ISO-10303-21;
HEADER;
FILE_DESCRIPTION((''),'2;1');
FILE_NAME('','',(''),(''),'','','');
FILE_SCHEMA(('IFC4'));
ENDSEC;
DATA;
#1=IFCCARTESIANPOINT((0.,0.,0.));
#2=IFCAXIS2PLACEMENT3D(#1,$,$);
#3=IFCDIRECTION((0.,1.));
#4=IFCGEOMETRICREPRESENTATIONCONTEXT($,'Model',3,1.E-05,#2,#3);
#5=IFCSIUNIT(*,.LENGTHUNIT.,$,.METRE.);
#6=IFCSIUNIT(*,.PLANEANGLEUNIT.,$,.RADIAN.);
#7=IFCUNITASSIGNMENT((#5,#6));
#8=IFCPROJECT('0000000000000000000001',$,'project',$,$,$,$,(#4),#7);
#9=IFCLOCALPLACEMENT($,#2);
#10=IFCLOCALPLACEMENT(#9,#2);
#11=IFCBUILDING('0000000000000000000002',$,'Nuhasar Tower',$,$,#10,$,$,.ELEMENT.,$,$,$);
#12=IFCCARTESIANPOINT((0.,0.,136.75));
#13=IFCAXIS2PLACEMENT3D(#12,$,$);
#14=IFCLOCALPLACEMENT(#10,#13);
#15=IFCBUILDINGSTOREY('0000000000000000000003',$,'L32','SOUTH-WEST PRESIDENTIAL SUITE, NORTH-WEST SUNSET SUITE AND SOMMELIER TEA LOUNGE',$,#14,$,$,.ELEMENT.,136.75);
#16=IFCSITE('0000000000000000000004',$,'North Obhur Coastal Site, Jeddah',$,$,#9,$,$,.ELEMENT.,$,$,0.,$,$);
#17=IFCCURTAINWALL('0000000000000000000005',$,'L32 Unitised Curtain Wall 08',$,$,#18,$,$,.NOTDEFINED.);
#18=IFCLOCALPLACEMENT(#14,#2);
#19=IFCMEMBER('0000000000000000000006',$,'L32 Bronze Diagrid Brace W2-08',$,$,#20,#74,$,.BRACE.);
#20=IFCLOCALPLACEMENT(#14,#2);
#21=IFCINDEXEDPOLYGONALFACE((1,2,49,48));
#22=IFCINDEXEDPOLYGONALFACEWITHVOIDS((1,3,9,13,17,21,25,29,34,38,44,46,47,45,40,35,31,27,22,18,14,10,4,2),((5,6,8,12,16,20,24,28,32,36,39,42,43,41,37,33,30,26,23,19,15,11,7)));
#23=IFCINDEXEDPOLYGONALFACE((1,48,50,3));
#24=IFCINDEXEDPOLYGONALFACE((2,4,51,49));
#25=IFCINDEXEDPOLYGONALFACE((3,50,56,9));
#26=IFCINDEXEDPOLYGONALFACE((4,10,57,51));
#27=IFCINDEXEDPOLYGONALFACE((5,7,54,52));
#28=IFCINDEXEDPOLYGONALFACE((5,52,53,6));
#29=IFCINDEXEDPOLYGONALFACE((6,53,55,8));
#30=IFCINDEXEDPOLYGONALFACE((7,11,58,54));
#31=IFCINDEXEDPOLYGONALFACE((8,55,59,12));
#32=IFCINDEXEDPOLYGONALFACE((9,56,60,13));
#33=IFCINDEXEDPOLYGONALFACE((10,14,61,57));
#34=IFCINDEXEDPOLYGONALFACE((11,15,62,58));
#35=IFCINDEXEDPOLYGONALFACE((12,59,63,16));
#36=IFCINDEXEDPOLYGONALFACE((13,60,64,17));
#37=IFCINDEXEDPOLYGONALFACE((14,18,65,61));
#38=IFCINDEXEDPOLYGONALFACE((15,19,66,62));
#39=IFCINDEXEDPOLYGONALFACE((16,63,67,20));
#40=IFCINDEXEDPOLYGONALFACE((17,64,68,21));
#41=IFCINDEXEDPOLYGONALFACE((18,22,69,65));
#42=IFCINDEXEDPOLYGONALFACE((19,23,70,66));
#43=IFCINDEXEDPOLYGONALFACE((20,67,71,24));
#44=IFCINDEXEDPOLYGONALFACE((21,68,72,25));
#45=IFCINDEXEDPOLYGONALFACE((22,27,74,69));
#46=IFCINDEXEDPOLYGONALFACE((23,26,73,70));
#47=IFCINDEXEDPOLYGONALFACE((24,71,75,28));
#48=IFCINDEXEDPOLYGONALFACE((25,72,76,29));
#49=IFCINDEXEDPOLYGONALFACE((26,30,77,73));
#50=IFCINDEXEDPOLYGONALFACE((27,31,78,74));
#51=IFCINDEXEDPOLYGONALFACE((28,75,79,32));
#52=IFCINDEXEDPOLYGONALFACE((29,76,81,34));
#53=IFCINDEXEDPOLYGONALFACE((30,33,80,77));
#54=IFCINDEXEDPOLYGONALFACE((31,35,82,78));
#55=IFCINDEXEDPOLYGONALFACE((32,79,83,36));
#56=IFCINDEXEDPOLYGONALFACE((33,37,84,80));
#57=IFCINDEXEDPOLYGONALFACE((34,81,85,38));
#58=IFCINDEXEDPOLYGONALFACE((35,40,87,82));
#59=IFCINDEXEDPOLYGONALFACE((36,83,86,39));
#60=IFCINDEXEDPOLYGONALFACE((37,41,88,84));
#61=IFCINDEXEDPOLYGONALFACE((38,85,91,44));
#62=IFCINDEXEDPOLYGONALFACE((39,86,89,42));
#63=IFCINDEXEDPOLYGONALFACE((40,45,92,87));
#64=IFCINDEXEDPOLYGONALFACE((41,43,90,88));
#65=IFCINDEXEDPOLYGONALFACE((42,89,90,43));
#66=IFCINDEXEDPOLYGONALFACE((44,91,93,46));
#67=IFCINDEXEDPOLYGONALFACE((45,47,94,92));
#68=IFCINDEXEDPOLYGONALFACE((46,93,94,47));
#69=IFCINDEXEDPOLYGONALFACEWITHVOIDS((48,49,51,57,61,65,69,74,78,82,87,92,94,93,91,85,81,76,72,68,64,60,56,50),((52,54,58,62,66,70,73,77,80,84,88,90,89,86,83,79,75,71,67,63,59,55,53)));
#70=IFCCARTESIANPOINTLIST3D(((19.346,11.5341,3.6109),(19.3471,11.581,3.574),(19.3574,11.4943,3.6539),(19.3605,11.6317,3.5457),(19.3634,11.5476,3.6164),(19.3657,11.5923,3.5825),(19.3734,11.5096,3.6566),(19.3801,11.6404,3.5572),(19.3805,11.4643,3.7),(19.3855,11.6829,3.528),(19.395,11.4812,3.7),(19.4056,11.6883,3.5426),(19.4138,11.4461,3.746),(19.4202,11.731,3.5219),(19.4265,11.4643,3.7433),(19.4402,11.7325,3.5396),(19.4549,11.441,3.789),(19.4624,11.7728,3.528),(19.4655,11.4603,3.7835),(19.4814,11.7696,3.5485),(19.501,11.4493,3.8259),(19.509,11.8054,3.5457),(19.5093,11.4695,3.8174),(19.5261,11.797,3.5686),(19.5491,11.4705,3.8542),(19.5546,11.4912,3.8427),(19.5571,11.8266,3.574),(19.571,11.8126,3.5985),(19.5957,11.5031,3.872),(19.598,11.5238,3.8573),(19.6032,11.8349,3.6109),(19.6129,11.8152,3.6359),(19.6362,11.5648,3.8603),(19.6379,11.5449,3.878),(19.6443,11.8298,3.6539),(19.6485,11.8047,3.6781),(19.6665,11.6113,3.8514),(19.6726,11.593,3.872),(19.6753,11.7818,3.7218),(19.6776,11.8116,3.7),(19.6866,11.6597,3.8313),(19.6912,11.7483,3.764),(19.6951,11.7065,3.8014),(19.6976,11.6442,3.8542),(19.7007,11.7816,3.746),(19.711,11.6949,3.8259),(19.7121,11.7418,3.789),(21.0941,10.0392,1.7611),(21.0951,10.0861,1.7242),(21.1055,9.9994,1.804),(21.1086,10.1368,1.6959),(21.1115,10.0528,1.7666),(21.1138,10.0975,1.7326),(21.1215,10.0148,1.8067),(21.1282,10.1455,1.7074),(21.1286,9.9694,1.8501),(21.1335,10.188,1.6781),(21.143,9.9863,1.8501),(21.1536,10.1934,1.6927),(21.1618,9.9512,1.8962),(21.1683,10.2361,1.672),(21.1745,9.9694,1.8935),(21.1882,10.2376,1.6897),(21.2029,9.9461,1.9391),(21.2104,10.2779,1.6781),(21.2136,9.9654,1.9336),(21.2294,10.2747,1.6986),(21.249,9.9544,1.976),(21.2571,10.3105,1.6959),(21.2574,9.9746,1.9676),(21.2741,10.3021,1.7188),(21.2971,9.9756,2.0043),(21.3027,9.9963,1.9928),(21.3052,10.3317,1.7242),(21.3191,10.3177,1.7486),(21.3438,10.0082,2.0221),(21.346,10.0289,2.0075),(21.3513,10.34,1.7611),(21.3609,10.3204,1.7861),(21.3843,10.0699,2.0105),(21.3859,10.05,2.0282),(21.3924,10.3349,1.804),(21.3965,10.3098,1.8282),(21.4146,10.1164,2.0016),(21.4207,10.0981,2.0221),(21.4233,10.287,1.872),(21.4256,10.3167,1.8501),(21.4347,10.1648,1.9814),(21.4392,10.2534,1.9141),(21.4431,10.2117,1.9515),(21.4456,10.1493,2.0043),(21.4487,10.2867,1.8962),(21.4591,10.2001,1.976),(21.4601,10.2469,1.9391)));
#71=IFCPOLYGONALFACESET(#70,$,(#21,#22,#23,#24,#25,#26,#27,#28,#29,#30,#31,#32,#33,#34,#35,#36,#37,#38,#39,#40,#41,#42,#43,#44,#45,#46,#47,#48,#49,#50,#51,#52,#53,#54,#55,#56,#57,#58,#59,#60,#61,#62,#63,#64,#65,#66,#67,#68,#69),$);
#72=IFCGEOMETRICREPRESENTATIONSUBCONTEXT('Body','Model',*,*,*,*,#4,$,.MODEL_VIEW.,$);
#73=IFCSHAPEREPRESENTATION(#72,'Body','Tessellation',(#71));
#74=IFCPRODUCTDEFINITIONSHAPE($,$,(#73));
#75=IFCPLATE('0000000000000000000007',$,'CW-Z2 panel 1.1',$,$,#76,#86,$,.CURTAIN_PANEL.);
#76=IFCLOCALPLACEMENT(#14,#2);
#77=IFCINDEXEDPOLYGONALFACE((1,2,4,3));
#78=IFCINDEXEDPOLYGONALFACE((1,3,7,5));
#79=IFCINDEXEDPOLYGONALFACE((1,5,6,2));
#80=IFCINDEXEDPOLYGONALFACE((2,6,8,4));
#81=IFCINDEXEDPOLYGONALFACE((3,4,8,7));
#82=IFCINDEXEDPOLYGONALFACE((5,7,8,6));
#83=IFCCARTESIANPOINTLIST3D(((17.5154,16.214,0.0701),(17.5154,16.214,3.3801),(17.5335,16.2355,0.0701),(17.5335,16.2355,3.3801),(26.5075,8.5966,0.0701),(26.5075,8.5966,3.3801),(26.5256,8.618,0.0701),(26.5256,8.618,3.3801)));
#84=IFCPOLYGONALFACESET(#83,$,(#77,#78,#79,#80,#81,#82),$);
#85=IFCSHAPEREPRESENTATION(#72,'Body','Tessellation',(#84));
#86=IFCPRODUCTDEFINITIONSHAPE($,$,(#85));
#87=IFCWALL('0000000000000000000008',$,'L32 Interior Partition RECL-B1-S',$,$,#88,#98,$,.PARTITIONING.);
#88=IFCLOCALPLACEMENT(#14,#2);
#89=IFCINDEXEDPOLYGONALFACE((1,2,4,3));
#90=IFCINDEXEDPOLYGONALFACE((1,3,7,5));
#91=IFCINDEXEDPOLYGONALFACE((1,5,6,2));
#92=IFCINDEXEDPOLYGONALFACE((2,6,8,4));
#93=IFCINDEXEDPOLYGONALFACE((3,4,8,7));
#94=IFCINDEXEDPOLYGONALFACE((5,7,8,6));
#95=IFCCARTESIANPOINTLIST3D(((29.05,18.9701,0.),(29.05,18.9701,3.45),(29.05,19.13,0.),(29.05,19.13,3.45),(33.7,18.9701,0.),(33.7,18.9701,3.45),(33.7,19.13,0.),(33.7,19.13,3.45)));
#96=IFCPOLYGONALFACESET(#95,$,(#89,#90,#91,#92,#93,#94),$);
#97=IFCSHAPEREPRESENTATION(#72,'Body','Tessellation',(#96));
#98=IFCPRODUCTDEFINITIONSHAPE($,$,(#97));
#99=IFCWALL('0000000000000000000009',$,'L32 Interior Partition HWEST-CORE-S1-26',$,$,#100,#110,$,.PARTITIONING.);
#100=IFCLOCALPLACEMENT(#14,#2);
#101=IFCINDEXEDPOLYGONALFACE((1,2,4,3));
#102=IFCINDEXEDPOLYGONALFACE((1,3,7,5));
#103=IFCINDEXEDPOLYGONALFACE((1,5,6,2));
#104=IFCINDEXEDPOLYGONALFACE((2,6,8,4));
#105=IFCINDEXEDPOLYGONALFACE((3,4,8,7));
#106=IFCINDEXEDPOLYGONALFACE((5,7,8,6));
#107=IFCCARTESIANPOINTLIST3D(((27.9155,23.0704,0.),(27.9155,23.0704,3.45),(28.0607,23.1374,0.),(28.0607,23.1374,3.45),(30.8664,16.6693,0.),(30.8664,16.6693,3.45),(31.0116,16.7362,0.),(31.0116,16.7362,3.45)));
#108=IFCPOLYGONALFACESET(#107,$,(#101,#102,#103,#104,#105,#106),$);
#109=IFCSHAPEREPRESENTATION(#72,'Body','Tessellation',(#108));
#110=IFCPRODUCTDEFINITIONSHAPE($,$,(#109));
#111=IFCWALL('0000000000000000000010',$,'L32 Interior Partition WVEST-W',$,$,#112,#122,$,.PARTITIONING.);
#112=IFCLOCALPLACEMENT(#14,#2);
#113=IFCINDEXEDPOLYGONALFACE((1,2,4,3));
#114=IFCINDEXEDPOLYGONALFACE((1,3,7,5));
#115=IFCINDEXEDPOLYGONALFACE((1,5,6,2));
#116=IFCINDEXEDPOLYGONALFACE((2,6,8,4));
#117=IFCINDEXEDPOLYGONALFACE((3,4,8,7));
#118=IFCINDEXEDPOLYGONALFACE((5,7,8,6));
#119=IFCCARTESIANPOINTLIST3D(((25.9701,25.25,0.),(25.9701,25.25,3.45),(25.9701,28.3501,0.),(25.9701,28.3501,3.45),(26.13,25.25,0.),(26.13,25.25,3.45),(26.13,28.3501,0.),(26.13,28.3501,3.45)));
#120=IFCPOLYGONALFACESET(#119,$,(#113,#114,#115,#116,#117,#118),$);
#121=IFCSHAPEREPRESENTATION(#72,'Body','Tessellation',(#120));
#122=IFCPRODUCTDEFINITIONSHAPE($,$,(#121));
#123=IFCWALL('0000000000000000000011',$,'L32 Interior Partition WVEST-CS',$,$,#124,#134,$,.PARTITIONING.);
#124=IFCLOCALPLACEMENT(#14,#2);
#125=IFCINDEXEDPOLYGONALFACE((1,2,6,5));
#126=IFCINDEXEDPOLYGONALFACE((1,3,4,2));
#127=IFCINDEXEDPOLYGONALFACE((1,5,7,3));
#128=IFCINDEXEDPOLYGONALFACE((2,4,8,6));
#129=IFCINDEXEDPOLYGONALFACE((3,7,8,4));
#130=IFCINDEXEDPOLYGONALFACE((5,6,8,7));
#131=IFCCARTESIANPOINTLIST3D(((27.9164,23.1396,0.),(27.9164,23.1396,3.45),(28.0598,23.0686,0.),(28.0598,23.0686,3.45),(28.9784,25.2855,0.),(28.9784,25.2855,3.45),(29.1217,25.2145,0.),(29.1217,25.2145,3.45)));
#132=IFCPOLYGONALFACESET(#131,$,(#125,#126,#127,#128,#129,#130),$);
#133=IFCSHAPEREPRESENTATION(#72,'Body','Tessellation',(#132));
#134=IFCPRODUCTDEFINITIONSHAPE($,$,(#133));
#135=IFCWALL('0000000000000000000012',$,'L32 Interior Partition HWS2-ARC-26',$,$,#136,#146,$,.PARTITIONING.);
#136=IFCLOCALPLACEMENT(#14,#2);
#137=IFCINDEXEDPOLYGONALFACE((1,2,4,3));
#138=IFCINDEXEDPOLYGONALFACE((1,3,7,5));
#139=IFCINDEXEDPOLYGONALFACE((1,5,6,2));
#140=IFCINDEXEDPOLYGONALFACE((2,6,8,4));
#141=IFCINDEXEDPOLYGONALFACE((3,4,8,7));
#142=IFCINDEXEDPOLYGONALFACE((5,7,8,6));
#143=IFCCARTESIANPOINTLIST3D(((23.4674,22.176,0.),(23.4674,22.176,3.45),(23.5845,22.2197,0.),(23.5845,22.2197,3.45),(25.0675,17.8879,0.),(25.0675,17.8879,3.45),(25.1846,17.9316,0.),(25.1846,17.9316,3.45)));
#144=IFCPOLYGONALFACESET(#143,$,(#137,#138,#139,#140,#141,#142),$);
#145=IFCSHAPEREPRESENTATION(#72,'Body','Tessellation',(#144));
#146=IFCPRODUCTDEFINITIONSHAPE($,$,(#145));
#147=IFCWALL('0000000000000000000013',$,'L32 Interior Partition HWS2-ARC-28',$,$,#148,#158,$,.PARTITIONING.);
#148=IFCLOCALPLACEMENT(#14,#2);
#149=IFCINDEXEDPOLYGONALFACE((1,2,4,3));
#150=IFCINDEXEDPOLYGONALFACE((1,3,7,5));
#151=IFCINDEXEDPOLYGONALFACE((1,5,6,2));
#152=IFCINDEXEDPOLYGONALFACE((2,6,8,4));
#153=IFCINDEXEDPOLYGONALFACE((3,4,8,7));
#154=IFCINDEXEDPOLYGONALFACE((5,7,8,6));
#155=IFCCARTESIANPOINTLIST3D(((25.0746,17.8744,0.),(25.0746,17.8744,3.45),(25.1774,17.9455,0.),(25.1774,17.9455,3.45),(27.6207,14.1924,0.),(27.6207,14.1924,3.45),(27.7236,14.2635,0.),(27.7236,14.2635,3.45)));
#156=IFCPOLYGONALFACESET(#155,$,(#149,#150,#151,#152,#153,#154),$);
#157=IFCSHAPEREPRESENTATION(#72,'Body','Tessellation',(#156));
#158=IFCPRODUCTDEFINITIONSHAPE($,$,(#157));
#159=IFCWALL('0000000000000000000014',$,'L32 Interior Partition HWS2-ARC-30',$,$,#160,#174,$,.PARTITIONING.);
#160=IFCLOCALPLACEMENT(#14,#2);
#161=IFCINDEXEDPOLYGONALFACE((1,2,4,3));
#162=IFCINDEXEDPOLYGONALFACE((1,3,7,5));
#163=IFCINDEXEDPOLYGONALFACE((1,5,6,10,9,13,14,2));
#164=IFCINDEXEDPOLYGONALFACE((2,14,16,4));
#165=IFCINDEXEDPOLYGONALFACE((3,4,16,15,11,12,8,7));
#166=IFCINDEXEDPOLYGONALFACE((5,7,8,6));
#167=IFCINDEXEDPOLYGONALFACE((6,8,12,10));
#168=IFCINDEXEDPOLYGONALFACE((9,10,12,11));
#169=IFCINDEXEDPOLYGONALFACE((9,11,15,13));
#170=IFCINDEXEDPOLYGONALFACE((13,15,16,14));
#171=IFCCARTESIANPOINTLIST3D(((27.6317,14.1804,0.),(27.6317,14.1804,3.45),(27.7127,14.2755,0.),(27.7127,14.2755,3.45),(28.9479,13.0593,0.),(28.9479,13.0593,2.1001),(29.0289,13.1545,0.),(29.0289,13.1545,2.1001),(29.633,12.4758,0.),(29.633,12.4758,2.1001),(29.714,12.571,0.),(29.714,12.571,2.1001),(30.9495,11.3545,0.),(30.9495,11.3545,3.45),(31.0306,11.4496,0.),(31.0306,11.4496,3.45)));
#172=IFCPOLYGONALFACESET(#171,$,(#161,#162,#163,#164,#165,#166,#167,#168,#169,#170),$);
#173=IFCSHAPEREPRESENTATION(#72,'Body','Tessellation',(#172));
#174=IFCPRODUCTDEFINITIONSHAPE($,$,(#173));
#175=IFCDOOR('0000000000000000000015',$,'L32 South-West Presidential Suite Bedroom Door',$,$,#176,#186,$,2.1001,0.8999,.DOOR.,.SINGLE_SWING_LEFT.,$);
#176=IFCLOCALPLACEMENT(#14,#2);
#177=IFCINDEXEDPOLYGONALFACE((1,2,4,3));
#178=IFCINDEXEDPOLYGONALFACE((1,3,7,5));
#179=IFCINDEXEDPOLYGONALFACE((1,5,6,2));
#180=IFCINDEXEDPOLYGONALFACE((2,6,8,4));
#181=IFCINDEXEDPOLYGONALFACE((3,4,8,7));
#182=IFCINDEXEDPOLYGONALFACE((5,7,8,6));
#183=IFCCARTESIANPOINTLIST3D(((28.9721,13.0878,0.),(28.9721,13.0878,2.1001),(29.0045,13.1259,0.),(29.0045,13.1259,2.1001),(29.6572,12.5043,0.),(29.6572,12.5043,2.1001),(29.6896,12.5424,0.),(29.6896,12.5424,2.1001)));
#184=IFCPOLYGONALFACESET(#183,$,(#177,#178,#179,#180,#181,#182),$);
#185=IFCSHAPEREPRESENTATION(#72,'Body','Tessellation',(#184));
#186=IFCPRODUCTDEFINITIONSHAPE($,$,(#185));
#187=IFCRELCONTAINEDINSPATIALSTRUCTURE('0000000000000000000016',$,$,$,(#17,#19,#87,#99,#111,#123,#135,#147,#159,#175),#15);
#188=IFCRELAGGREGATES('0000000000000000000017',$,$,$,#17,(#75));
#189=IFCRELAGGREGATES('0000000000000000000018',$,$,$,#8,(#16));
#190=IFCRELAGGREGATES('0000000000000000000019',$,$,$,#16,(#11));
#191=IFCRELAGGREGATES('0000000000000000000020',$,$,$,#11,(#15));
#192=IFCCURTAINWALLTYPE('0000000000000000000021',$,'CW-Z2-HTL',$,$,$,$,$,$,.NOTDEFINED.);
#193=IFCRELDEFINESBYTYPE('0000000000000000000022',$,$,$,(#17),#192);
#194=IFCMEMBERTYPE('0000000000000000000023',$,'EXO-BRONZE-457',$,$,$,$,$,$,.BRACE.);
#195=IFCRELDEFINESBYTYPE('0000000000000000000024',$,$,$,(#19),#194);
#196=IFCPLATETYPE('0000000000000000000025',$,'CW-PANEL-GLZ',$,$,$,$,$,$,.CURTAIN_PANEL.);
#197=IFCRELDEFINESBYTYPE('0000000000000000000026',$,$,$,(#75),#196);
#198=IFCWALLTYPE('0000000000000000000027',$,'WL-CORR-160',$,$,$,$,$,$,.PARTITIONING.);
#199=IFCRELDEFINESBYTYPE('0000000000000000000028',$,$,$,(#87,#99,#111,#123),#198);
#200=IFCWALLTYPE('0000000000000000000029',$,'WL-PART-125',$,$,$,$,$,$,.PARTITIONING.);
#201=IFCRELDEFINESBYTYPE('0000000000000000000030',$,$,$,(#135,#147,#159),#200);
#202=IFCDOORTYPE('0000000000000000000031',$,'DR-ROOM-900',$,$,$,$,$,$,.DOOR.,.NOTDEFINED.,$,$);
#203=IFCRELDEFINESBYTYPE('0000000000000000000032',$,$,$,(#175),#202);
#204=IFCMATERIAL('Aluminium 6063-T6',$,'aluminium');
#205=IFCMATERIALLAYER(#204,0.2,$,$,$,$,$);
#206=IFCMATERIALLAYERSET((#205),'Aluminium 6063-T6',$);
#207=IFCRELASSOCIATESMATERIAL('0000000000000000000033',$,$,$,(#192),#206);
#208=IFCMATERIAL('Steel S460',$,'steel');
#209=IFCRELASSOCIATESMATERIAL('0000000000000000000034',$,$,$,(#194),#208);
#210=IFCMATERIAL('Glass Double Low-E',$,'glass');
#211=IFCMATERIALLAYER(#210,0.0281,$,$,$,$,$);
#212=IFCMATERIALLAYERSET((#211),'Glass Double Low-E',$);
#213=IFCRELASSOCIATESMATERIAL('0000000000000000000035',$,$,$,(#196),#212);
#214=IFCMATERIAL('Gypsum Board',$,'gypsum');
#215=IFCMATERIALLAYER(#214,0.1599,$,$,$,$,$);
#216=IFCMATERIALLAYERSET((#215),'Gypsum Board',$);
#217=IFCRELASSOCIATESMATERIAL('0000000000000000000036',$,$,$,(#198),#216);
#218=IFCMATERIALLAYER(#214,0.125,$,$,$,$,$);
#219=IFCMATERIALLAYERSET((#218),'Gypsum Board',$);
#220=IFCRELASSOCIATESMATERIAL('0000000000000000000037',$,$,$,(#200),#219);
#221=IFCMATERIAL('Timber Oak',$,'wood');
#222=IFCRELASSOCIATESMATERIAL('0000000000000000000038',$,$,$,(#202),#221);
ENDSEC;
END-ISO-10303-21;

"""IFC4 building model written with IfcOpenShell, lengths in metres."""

from ifc_helpers import new_model, si_unit, direction, frame, frame_2d, origin, origin_2d, place, context, subcontext, project, spatial, rectangle, hollow_circle, extrude, material, layer, layer_set, material_profile, profile_set, type_object, element, fill, aggregate, save


model = new_model("IFC4")

# Units and contexts
model_context = context("Model", 3, precision=1e-05, world=origin(), true_north=direction((0.0, 1.0)))
body_context = subcontext(model_context, "Body", "Model", "MODEL_VIEW")
ifc_project = project(units=[si_unit("LENGTHUNIT", "METRE"), si_unit("PLANEANGLEUNIT", "RADIAN")], contexts=[model_context])

# Site, building, storey
site_placement = place(None, origin())
site = spatial("IfcSite", under=ifc_project, at=site_placement, Name="North Obhur Coastal Site, Jeddah", CompositionType="ELEMENT", RefElevation=0.0)
building_placement = place(site_placement, origin())
building = spatial("IfcBuilding", under=site, at=building_placement, Name="Nuhasar Tower", CompositionType="ELEMENT")
storey_placement = place(building_placement, frame((0.0, 0.0, 136.75)))
storey = spatial("IfcBuildingStorey", under=building, at=storey_placement, Name="L32", Description="SOUTH-WEST PRESIDENTIAL SUITE, NORTH-WEST SUNSET SUITE AND SOMMELIER TEA LOUNGE", CompositionType="ELEMENT", Elevation=136.75)

# Curtain wall
ifc_material_1 = material(Name="Aluminium 6063-T6", Category="aluminium")
ifc_layer_1 = layer(ifc_material_1, 0.2)
ifc_layer_set_1 = layer_set([ifc_layer_1], Name="Aluminium 6063-T6")
curtain_wall_type = type_object("IfcCurtainWallType", Name="CW-Z2-HTL", PredefinedType="NOTDEFINED", material=ifc_layer_set_1)
curtain_wall_1_placement = place(storey_placement, origin())
curtain_wall_1 = element("IfcCurtainWall", 1, at=curtain_wall_1_placement, inside=storey, type_object=curtain_wall_type, Name="L32 Unitised Curtain Wall 08", PredefinedType="NOTDEFINED")

# Member
ifc_material_2 = material(Name="Steel S460", Category="steel")
ifc_material_profile_1 = material_profile(ifc_material_2, hollow_circle(Radius=0.2285, WallThickness=0.0222, at=origin_2d()), Name="HSS457X22.2")
ifc_profile_set_1 = profile_set([ifc_material_profile_1], Name="Steel S460")
member_type_1 = type_object("IfcMemberType", Name="EXO-BRONZE-457", PredefinedType="BRACE", material=ifc_profile_set_1)
member_1_placement = place(storey_placement, frame((21.2771, 10.1431, 1.8501), z_axis=(-0.592226, 0.506452, 0.626717), x_axis=(-0.649926, -0.759998, 0.0)))
element("IfcMember", 2, at=member_1_placement, inside=storey, type_object=member_type_1, Name="L32 Bronze Diagrid Brace W2-08", PredefinedType="BRACE", context=body_context, shape_type="SweptSolid", body=[
    extrude(hollow_circle(Radius=0.2285, WallThickness=0.0222, at=origin_2d()), origin(), (0.0, 0.0, 1.0), 2.9517),
])

# Plate
ifc_material_3 = material(Name="Glass Double Low-E", Category="glass")
ifc_layer_2 = layer(ifc_material_3, 0.0281)
ifc_layer_set_2 = layer_set([ifc_layer_2], Name="Glass Double Low-E")
plate_type = type_object("IfcPlateType", Name="CW-PANEL-GLZ", PredefinedType="CURTAIN_PANEL", material=ifc_layer_set_2)
plate_placement = place(storey_placement, frame((22.0205, 12.416, 0.0701), z_axis=(0.0, 0.0, 1.0), x_axis=(0.76302, -0.646374, 0.0)))
plate = element("IfcPlate", 3, at=plate_placement, type_object=plate_type, Name="CW-Z2 panel 1.1", PredefinedType="CURTAIN_PANEL", context=body_context, shape_type="SweptSolid", body=[
    extrude(rectangle(XDim=11.7849, YDim=0.0281, at=origin_2d()), origin(), (0.0, 0.0, 1.0), 3.3101),
])
aggregate(curtain_wall_1, [plate])

# Walls
ifc_material_4 = material(Name="Gypsum Board", Category="gypsum")
ifc_layer_3 = layer(ifc_material_4, 0.1599)
ifc_layer_set_3 = layer_set([ifc_layer_3], Name="Gypsum Board")
wall_type_1 = type_object("IfcWallType", Name="WL-CORR-160", PredefinedType="PARTITIONING", material=ifc_layer_set_3)
wall_1_placement = place(storey_placement, frame((29.05, 19.05, 0.0), z_axis=(0.0, 0.0, 1.0), x_axis=(1.0, 0.0, 0.0)))
element("IfcWall", 4, at=wall_1_placement, inside=storey, type_object=wall_type_1, Name="L32 Interior Partition RECL-B1-S", PredefinedType="PARTITIONING", context=body_context, shape_type="SweptSolid", body=[
    extrude(rectangle(XDim=4.6499, YDim=0.1599, at=frame_2d((2.325, 0.0))), origin(), (0.0, 0.0, 1.0), 3.45),
])
wall_2_placement = place(storey_placement, frame((27.988, 23.104, 0.0), z_axis=(0.0, 0.0, 1.0), x_axis=(0.418656, -0.908145, 0.0)))
element("IfcWall", 5, at=wall_2_placement, inside=storey, type_object=wall_type_1, Name="L32 Interior Partition HWEST-CORE-S1-26", PredefinedType="PARTITIONING", context=body_context, shape_type="SweptSolid", body=[
    extrude(rectangle(XDim=7.0486, YDim=0.1599, at=frame_2d((3.5244, 0.0))), origin(), (0.0, 0.0, 1.0), 3.45),
])

# Shared definitions
ifc_material_5 = material(Name="Timber Oak", Category="wood")

# Walls
wall_3_placement = place(storey_placement, frame((26.05, 25.25, 0.0), z_axis=(0.0, 0.0, 1.0), x_axis=(0.0, 1.0, 0.0)))
element("IfcWall", 6, at=wall_3_placement, inside=storey, type_object=wall_type_1, Name="L32 Interior Partition WVEST-W", PredefinedType="PARTITIONING", context=body_context, shape_type="SweptSolid", body=[
    extrude(rectangle(XDim=3.1001, YDim=0.1599, at=frame_2d((1.55, 0.0))), origin(), (0.0, 0.0, 1.0), 3.45),
])
wall_4_placement = place(storey_placement, frame((27.988, 23.104, 0.0), z_axis=(0.0, 0.0, 1.0), x_axis=(0.443539, 0.896255, 0.0)))
element("IfcWall", 7, at=wall_4_placement, inside=storey, type_object=wall_type_1, Name="L32 Interior Partition WVEST-CS", PredefinedType="PARTITIONING", context=body_context, shape_type="SweptSolid", body=[
    extrude(rectangle(XDim=2.3943, YDim=0.1599, at=frame_2d((1.1973, 0.0))), origin(), (0.0, 0.0, 1.0), 3.45),
])
ifc_layer_4 = layer(ifc_material_4, 0.125)
ifc_layer_set_4 = layer_set([ifc_layer_4], Name="Gypsum Board")
wall_type_2 = type_object("IfcWallType", Name="WL-PART-125", PredefinedType="PARTITIONING", material=ifc_layer_set_4)
wall_5_placement = place(storey_placement, frame((23.5259, 22.198, 0.0), z_axis=(0.0, 0.0, 1.0), x_axis=(0.349603, -0.936898, 0.0)))
element("IfcWall", 8, at=wall_5_placement, inside=storey, type_object=wall_type_2, Name="L32 Interior Partition HWS2-ARC-26", PredefinedType="PARTITIONING", context=body_context, shape_type="SweptSolid", body=[
    extrude(rectangle(XDim=4.5769, YDim=0.125, at=frame_2d((2.2886, 0.0))), origin(), (0.0, 0.0, 1.0), 3.45),
])
wall_6_placement = place(storey_placement, frame((25.126, 17.9099, 0.0), z_axis=(0.0, 0.0, 1.0), x_axis=(0.568779, -0.822491, 0.0)))
element("IfcWall", 9, at=wall_6_placement, inside=storey, type_object=wall_type_2, Name="L32 Interior Partition HWS2-ARC-28", PredefinedType="PARTITIONING", context=body_context, shape_type="SweptSolid", body=[
    extrude(rectangle(XDim=4.4766, YDim=0.125, at=frame_2d((2.2383, 0.0))), origin(), (0.0, 0.0, 1.0), 3.45),
])

# Wall, opening, door
wall_7_placement = place(storey_placement, frame((27.6721, 14.228, 0.0), z_axis=(0.0, 0.0, 1.0), x_axis=(0.761289, -0.648412, 0.0)))
wall_7 = element("IfcWall", 10, at=wall_7_placement, inside=storey, type_object=wall_type_2, Name="L32 Interior Partition HWS2-ARC-30", PredefinedType="PARTITIONING", context=body_context, shape_type="SweptSolid", body=[
    extrude(rectangle(XDim=4.3582, YDim=0.125, at=frame_2d((2.1792, 0.0))), origin(), (0.0, 0.0, 1.0), 3.45),
])
opening_1_placement = place(wall_7_placement, frame((1.729, 0.0, 0.0)))
opening_1 = element("IfcOpeningElement", 11, at=opening_1_placement, cuts=wall_7, PredefinedType="OPENING", context=body_context, shape_type="SweptSolid", body=[
    extrude(rectangle(XDim=0.8999, YDim=2.1001, at=frame_2d((0.45, 1.05))), frame((0.0, 0.0725, 0.0), z_axis=(0.0, -1.0, 0.0), x_axis=(1.0, 0.0, 0.0)), (0.0, 0.0, 1.0), 0.145),
])
door_type_1 = type_object("IfcDoorType", Name="DR-ROOM-900", OperationType="NOTDEFINED", PredefinedType="DOOR", material=ifc_material_5)
door_1_placement = place(opening_1_placement, origin())
door_1 = element("IfcDoor", 12, at=door_1_placement, inside=storey, type_object=door_type_1, Name="L32 South-West Presidential Suite Bedroom Door", OperationType="SINGLE_SWING_LEFT", OverallHeight=2.1001, OverallWidth=0.8999, PredefinedType="DOOR", context=body_context, shape_type="SweptSolid", body=[
    extrude(rectangle(XDim=0.8999, YDim=2.1001, at=frame_2d((0.45, 1.05))), frame((0.0, 0.0249, 0.0), z_axis=(0.0, -1.0, 0.0), x_axis=(1.0, 0.0, 0.0)), (0.0, 0.0, 1.0), 0.05),
])
fill(opening_1, door_1)

save(model, "model.ifc")
